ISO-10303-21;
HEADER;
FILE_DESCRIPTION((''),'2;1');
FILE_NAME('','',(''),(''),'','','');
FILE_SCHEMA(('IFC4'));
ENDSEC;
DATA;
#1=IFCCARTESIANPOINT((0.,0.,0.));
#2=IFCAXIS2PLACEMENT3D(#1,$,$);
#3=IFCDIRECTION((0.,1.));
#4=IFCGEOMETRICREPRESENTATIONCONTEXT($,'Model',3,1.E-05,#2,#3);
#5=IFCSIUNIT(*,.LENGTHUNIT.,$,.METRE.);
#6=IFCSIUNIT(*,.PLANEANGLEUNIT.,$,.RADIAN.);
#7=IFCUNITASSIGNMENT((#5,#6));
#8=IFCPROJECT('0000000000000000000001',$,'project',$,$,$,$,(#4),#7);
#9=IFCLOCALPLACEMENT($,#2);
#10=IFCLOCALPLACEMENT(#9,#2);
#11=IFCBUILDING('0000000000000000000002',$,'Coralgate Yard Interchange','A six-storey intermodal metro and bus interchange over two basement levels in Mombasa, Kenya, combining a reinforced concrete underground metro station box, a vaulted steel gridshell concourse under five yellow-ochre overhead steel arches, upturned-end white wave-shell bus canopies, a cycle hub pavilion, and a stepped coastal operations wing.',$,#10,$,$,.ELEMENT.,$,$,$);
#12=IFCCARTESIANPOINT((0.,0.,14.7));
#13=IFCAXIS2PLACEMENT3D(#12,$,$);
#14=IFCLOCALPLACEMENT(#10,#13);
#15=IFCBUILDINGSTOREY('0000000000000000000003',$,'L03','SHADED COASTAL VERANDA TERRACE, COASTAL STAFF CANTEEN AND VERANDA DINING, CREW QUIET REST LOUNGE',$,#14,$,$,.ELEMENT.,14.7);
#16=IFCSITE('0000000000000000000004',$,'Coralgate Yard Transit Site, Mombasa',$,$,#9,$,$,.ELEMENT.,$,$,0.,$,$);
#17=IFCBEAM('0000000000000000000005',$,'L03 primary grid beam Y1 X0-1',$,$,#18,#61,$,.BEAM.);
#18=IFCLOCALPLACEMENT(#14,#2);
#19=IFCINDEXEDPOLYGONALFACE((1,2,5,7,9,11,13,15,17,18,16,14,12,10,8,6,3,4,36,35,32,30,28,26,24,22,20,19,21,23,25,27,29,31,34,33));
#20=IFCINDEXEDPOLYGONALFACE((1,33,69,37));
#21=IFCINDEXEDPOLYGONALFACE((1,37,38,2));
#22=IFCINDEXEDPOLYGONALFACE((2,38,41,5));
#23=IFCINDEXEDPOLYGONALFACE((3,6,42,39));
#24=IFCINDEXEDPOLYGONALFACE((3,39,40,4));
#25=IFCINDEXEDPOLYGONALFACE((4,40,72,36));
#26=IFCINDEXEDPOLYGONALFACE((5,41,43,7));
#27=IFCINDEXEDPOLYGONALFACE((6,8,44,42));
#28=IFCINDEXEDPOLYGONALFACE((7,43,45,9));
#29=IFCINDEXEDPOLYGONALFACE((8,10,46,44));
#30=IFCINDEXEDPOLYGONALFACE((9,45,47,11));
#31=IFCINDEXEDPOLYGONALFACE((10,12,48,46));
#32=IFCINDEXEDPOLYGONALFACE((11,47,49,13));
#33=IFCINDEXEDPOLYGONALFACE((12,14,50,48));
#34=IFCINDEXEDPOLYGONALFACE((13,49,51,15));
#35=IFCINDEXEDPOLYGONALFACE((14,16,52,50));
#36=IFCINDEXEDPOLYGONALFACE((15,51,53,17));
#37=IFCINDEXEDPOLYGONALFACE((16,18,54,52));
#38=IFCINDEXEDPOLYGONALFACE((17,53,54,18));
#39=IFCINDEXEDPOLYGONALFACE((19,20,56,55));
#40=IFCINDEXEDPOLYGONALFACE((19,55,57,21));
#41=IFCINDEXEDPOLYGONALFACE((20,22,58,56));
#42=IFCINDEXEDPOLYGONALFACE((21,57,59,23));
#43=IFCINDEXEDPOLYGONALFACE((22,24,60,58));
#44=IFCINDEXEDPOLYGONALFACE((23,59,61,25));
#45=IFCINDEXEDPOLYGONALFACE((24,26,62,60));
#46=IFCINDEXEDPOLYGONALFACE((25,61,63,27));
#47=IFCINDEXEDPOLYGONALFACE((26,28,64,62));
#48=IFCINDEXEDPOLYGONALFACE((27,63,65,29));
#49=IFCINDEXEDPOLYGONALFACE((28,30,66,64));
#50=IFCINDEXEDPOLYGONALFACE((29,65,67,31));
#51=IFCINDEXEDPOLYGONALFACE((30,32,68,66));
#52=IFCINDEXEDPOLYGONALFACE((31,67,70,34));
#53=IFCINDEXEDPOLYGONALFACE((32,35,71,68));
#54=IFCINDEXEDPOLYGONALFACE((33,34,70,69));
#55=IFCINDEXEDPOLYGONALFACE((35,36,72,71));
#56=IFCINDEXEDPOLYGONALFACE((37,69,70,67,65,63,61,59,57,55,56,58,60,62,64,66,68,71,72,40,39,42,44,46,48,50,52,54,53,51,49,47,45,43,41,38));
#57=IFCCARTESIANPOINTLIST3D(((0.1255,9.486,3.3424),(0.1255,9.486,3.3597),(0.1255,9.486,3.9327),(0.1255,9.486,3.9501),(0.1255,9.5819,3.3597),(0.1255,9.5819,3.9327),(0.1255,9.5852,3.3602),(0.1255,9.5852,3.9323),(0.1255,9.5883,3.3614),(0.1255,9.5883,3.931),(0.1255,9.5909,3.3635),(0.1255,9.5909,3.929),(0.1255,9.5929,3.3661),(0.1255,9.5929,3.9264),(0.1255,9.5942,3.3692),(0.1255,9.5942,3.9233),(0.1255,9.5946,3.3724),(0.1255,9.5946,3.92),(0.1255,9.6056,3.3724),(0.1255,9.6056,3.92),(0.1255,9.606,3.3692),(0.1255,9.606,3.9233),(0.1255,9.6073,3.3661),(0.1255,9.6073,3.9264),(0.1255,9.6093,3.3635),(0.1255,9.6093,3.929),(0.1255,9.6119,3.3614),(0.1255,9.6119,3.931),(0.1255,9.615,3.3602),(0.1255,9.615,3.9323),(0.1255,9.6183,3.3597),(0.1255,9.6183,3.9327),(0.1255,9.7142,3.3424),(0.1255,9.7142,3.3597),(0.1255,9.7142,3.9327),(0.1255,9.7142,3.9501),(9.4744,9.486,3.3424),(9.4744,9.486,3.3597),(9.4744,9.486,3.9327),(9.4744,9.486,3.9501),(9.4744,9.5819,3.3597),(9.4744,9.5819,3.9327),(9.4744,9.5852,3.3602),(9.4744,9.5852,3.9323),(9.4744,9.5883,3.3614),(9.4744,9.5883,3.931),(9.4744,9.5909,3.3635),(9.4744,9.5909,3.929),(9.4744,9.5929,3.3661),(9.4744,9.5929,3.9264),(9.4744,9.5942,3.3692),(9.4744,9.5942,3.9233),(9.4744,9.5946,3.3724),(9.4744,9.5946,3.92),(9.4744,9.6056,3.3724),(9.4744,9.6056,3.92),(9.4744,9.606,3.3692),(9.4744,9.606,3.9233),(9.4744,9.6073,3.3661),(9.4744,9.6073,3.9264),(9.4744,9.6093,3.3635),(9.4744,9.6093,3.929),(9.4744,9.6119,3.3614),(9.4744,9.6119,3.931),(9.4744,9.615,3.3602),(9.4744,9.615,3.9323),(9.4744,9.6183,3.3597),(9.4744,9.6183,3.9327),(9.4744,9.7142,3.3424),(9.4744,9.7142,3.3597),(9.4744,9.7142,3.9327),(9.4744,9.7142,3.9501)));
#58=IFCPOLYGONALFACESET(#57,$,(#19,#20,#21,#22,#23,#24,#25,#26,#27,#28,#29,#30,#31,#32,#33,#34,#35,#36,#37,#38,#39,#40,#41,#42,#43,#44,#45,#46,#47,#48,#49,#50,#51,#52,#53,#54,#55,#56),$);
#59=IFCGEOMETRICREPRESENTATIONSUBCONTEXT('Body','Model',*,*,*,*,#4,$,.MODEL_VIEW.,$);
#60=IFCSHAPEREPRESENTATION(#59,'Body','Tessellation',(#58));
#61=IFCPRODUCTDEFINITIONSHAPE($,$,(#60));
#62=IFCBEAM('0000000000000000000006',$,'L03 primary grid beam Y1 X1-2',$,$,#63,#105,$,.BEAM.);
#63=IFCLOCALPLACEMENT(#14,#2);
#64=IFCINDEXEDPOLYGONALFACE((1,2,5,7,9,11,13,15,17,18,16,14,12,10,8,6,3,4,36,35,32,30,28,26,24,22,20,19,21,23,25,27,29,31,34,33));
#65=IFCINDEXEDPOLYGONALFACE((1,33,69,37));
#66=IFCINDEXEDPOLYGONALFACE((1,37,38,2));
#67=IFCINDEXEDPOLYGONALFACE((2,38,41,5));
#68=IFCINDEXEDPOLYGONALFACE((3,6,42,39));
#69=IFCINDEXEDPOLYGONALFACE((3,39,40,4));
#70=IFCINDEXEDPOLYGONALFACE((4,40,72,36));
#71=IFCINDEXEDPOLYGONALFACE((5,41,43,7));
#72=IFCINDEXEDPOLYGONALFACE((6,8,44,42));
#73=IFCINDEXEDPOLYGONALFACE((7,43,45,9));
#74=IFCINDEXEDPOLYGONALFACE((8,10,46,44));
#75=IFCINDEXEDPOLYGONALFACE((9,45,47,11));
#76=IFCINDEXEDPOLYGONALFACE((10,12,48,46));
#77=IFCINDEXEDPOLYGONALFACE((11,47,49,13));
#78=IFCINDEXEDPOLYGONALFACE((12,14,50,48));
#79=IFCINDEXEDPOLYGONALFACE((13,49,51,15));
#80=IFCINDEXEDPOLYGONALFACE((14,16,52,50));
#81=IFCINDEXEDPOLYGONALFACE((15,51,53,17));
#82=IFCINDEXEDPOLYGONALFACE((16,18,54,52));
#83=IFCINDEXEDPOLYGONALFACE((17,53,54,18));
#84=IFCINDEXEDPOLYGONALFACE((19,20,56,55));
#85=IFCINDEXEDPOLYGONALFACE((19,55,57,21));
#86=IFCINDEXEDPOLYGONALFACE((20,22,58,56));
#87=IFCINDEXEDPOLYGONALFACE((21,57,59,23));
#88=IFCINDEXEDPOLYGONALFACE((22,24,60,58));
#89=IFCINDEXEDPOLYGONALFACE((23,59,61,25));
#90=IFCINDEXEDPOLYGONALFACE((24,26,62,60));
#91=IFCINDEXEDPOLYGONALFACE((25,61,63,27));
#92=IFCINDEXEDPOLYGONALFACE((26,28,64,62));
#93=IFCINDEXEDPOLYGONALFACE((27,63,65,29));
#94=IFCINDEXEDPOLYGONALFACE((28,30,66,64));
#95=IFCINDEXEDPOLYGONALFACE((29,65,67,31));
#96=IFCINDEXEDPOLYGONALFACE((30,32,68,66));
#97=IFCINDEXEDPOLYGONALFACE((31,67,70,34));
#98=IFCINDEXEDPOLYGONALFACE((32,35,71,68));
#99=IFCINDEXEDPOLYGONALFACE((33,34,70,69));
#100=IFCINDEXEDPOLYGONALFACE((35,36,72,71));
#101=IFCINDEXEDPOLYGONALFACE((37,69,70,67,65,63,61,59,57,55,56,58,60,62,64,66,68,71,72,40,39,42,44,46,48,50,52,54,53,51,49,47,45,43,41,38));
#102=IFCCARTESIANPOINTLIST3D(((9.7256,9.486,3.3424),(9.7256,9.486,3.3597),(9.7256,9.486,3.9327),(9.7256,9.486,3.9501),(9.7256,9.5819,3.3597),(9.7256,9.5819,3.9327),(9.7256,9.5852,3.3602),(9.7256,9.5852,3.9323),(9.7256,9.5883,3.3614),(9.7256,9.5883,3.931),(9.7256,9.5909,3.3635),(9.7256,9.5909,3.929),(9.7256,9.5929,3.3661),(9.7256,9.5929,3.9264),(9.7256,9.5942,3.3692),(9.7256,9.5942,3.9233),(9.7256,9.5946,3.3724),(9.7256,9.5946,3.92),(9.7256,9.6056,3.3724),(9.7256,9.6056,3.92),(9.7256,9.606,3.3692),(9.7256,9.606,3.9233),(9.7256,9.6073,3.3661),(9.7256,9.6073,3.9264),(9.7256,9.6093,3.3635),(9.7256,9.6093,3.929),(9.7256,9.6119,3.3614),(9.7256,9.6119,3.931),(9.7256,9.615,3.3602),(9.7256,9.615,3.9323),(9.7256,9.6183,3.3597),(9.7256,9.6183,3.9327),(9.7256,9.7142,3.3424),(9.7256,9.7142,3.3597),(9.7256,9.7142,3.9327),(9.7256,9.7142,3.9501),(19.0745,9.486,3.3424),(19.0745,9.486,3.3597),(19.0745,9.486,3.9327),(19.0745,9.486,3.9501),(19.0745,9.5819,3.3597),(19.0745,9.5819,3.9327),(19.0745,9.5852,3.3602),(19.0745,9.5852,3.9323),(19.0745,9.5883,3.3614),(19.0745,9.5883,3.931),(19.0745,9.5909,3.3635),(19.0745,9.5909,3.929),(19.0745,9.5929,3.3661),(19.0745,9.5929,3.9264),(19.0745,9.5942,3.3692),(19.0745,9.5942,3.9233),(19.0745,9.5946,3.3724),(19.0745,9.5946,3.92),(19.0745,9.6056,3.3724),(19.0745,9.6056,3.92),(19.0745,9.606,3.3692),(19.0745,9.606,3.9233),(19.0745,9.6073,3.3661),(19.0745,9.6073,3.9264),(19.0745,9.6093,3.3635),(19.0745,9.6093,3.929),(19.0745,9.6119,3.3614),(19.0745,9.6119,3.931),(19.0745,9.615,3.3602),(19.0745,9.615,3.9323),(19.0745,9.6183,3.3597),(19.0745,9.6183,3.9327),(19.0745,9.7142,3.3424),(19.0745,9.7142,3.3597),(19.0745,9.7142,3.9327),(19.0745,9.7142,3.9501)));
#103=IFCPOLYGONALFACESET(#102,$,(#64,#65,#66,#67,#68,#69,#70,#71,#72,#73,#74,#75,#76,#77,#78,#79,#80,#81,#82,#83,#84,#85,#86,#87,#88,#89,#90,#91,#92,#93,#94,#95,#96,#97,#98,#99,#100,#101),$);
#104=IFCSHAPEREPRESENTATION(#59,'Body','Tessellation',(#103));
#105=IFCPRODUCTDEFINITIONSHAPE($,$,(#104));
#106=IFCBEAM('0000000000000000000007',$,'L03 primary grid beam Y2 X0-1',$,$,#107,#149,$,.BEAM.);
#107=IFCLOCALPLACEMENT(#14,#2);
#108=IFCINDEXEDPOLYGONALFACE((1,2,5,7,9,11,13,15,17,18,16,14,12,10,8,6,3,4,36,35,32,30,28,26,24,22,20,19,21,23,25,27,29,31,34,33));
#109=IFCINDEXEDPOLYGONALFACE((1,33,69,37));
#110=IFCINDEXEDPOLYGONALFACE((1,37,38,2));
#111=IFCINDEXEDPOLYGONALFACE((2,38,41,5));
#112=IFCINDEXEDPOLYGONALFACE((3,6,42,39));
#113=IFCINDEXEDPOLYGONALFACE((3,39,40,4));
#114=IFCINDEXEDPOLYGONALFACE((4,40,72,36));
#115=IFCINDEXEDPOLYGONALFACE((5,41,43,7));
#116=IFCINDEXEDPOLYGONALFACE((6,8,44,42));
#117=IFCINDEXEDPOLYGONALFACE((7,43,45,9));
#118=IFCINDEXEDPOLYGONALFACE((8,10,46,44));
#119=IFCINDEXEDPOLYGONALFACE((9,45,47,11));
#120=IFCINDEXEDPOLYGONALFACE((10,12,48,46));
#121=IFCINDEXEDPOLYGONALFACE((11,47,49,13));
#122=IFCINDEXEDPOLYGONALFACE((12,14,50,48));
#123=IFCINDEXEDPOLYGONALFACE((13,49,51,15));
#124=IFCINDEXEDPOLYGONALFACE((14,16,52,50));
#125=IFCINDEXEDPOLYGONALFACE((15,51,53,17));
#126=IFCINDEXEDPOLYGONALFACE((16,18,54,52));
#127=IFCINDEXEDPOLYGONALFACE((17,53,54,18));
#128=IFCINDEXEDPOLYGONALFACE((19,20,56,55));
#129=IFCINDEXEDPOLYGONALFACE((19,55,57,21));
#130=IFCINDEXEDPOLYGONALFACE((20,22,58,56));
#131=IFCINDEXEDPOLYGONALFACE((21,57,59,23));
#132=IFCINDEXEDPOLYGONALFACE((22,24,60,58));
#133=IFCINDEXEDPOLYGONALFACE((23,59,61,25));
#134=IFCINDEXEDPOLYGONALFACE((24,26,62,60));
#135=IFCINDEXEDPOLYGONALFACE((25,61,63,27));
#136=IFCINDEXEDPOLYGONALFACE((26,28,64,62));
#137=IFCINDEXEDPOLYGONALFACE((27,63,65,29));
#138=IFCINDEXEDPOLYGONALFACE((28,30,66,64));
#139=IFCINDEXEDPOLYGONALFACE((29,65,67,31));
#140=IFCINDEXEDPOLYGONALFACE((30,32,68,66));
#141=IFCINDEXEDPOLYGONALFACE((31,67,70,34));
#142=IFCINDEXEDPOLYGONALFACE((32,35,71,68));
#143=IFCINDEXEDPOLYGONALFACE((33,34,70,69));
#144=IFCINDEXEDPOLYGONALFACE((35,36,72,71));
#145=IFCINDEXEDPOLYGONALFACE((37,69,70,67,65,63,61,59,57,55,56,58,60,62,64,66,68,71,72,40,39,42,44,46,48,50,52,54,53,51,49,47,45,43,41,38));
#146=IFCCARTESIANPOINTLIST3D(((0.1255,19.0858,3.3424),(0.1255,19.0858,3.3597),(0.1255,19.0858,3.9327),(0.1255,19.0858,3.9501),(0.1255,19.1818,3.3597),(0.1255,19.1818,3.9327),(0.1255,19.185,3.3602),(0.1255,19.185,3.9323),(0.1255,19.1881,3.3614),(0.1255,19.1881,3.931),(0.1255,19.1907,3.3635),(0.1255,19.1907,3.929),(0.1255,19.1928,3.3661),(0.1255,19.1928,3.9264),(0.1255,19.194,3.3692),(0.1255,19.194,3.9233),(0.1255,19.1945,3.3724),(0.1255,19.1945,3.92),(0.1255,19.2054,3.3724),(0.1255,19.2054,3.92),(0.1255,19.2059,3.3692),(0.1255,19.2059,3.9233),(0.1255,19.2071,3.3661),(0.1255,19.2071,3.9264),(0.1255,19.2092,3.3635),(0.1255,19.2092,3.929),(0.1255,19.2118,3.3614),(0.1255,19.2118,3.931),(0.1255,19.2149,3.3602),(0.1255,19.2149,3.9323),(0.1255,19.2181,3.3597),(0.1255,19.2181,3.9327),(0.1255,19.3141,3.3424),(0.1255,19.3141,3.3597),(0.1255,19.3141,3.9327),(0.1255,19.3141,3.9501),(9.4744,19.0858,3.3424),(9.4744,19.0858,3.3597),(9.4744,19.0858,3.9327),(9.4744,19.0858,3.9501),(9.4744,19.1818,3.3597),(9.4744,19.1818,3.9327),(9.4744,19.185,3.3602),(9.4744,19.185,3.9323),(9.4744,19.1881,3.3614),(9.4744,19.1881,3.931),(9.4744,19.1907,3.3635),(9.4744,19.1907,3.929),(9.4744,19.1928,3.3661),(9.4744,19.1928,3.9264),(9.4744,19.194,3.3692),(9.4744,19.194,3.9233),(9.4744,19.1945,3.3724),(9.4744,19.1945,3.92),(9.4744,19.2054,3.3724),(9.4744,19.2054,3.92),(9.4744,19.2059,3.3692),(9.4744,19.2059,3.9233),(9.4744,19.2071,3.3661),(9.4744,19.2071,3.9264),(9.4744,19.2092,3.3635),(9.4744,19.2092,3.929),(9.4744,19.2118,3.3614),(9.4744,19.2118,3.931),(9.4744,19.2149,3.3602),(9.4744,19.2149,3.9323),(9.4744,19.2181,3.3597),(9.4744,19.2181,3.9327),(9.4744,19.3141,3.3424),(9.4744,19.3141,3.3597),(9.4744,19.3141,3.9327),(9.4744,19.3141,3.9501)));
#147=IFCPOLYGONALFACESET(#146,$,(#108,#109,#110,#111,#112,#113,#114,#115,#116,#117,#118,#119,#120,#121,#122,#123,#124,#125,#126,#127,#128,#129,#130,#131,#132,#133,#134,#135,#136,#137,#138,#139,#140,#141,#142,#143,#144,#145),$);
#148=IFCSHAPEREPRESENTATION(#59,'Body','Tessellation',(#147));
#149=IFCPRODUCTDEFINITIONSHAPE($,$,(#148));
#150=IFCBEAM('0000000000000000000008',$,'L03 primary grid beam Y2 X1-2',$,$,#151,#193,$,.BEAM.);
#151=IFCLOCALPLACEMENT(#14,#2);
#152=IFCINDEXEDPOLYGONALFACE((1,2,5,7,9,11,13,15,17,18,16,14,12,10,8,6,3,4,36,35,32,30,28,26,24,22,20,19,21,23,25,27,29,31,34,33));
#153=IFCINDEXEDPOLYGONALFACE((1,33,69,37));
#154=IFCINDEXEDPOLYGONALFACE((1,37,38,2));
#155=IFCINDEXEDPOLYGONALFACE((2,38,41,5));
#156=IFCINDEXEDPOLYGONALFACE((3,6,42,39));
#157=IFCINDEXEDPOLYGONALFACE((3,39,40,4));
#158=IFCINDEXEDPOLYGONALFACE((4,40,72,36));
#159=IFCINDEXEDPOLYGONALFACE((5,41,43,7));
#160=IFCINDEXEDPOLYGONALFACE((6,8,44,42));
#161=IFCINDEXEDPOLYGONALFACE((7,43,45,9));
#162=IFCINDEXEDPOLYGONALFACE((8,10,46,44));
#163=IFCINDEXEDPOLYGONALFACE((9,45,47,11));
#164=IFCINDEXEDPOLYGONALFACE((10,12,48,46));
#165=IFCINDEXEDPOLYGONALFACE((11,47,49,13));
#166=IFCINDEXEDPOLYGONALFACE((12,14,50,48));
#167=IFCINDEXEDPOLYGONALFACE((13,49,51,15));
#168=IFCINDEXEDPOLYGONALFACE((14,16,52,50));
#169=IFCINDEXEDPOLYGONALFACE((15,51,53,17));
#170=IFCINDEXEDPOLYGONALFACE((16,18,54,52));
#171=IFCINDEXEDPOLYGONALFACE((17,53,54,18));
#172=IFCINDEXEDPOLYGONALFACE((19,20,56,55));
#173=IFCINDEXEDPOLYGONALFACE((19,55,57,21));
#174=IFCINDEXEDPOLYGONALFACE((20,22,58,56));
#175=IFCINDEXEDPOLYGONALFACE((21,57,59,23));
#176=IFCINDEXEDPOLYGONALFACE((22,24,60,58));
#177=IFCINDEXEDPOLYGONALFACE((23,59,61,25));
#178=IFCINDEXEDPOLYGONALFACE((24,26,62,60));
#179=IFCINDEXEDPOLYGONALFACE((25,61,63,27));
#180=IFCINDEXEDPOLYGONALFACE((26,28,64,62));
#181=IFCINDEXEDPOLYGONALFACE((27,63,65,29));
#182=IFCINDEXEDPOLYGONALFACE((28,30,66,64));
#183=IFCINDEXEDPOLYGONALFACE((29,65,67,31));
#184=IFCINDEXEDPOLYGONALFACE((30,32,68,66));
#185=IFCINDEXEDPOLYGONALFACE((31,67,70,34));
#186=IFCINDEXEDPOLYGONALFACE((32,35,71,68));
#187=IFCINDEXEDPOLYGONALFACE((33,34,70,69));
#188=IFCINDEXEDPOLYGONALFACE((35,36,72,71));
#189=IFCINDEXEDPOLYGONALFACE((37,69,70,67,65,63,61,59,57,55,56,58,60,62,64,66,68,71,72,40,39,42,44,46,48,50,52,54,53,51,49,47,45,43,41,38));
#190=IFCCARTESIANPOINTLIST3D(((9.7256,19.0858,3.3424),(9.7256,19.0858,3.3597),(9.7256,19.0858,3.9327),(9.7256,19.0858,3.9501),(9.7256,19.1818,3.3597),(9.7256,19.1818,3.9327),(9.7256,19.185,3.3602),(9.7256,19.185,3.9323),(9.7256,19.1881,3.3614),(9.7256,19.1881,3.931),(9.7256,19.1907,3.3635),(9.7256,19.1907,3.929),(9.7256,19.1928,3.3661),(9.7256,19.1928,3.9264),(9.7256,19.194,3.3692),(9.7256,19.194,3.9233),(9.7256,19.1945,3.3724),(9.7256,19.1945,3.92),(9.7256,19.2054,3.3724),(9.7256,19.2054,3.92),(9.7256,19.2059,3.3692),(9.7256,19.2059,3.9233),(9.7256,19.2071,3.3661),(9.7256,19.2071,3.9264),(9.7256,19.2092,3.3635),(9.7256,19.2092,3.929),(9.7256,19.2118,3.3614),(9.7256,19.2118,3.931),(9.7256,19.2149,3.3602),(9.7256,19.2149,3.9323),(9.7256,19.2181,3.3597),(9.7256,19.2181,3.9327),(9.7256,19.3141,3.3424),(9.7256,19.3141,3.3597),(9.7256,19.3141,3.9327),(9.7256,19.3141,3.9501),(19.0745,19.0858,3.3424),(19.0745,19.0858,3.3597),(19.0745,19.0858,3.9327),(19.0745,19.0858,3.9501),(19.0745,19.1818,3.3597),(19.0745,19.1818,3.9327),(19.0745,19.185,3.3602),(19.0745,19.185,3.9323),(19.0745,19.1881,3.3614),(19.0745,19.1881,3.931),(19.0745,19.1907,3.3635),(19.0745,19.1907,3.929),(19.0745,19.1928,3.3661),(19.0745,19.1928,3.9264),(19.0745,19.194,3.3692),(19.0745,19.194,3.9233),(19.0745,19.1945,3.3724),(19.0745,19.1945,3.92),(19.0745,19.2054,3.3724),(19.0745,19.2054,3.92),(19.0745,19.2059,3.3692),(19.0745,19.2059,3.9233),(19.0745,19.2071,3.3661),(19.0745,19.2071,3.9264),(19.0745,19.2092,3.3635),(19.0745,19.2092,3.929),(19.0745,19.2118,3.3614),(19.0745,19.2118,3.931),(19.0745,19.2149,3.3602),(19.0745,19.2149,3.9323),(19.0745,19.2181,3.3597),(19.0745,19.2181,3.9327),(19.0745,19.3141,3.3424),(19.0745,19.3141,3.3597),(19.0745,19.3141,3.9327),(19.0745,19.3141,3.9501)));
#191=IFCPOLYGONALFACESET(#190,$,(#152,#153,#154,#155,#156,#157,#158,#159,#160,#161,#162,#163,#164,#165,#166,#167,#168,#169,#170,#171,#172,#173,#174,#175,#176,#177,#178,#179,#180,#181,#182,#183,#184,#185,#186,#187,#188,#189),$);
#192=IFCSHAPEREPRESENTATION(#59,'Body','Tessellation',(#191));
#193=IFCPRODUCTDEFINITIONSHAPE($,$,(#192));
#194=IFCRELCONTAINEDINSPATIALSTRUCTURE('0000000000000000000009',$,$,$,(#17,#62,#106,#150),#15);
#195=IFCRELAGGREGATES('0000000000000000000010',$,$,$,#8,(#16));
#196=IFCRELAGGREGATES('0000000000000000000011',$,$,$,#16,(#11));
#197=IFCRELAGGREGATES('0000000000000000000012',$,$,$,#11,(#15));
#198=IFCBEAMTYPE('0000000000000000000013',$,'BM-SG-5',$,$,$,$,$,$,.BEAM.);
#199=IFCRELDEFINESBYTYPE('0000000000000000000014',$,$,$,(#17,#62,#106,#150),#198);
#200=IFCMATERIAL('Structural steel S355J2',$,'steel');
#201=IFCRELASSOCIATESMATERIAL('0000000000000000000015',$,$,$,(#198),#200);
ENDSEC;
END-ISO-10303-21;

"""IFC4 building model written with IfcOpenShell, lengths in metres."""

from ifc_helpers import new_model, si_unit, direction, frame, origin, origin_2d, place, context, subcontext, project, spatial, i_section, extrude, material, material_profile, profile_set, type_object, element, save


model = new_model("IFC4")

# Units and contexts
model_context = context("Model", 3, precision=1e-05, world=origin(), true_north=direction((0.0, 1.0)))
body_context = subcontext(model_context, "Body", "Model", "MODEL_VIEW")
ifc_project = project(units=[si_unit("LENGTHUNIT", "METRE"), si_unit("PLANEANGLEUNIT", "RADIAN")], contexts=[model_context])

# Site, building, storey
site_placement = place(None, origin())
site = spatial("IfcSite", under=ifc_project, at=site_placement, Name="Coralgate Yard Transit Site, Mombasa", CompositionType="ELEMENT", RefElevation=0.0)
building_placement = place(site_placement, origin())
building = spatial("IfcBuilding", under=site, at=building_placement, Name="Coralgate Yard Interchange", Description="A six-storey intermodal metro and bus interchange over two basement levels in Mombasa, Kenya, combining a reinforced concrete underground metro station box, a vaulted steel gridshell concourse under five yellow-ochre overhead steel arches, upturned-end white wave-shell bus canopies, a cycle hub pavilion, and a stepped coastal operations wing.", CompositionType="ELEMENT")
storey_placement = place(building_placement, frame((0.0, 0.0, 14.7)))
storey = spatial("IfcBuildingStorey", under=building, at=storey_placement, Name="L03", Description="SHADED COASTAL VERANDA TERRACE, COASTAL STAFF CANTEEN AND VERANDA DINING, CREW QUIET REST LOUNGE", CompositionType="ELEMENT", Elevation=14.7)

# Shared definitions
ifc_material_1 = material(Name="Structural steel S355J2", Category="steel")

# Beams
ifc_material_profile_1 = material_profile(ifc_material_1, i_section(OverallWidth=0.2283, OverallDepth=0.6077, WebThickness=0.011, FlangeThickness=0.0173, FilletRadius=0.0127, at=origin_2d()), Name="UB 610x229x113")
ifc_profile_set_1 = profile_set([ifc_material_profile_1], Name="Structural steel S355J2")
beam_type_1 = type_object("IfcBeamType", Name="BM-SG-5", PredefinedType="BEAM", material=ifc_profile_set_1)
for number, where, z_axis, x_axis, name in (
    (1, (0.1255, 9.6001, 3.6462), (1.0, 0.0, 0.0), (0.0, 1.0, 0.0), "L03 primary grid beam Y1 X0-1"),
    (2, (9.7256, 9.6001, 3.6462), (1.0, 0.0, 0.0), (0.0, 1.0, 0.0), "L03 primary grid beam Y1 X1-2"),
    (3, (0.1255, 19.2, 3.6462), (1.0, 0.0, 0.0), (0.0, 1.0, 0.0), "L03 primary grid beam Y2 X0-1"),
    (4, (9.7256, 19.2, 3.6462), (1.0, 0.0, 0.0), (0.0, 1.0, 0.0), "L03 primary grid beam Y2 X1-2"),
):
    element("IfcBeam", number, at=place(storey_placement, frame(where, z_axis=z_axis, x_axis=x_axis)), inside=storey, type_object=beam_type_1, Name=name, PredefinedType="BEAM", context=body_context, shape_type="SweptSolid", body=[
        extrude(i_section(OverallWidth=0.2283, OverallDepth=0.6077, WebThickness=0.011, FlangeThickness=0.0173, FilletRadius=0.0127, at=origin_2d()), origin(), (0.0, 0.0, 1.0), 9.3489),
    ])

save(model, "model.ifc")
